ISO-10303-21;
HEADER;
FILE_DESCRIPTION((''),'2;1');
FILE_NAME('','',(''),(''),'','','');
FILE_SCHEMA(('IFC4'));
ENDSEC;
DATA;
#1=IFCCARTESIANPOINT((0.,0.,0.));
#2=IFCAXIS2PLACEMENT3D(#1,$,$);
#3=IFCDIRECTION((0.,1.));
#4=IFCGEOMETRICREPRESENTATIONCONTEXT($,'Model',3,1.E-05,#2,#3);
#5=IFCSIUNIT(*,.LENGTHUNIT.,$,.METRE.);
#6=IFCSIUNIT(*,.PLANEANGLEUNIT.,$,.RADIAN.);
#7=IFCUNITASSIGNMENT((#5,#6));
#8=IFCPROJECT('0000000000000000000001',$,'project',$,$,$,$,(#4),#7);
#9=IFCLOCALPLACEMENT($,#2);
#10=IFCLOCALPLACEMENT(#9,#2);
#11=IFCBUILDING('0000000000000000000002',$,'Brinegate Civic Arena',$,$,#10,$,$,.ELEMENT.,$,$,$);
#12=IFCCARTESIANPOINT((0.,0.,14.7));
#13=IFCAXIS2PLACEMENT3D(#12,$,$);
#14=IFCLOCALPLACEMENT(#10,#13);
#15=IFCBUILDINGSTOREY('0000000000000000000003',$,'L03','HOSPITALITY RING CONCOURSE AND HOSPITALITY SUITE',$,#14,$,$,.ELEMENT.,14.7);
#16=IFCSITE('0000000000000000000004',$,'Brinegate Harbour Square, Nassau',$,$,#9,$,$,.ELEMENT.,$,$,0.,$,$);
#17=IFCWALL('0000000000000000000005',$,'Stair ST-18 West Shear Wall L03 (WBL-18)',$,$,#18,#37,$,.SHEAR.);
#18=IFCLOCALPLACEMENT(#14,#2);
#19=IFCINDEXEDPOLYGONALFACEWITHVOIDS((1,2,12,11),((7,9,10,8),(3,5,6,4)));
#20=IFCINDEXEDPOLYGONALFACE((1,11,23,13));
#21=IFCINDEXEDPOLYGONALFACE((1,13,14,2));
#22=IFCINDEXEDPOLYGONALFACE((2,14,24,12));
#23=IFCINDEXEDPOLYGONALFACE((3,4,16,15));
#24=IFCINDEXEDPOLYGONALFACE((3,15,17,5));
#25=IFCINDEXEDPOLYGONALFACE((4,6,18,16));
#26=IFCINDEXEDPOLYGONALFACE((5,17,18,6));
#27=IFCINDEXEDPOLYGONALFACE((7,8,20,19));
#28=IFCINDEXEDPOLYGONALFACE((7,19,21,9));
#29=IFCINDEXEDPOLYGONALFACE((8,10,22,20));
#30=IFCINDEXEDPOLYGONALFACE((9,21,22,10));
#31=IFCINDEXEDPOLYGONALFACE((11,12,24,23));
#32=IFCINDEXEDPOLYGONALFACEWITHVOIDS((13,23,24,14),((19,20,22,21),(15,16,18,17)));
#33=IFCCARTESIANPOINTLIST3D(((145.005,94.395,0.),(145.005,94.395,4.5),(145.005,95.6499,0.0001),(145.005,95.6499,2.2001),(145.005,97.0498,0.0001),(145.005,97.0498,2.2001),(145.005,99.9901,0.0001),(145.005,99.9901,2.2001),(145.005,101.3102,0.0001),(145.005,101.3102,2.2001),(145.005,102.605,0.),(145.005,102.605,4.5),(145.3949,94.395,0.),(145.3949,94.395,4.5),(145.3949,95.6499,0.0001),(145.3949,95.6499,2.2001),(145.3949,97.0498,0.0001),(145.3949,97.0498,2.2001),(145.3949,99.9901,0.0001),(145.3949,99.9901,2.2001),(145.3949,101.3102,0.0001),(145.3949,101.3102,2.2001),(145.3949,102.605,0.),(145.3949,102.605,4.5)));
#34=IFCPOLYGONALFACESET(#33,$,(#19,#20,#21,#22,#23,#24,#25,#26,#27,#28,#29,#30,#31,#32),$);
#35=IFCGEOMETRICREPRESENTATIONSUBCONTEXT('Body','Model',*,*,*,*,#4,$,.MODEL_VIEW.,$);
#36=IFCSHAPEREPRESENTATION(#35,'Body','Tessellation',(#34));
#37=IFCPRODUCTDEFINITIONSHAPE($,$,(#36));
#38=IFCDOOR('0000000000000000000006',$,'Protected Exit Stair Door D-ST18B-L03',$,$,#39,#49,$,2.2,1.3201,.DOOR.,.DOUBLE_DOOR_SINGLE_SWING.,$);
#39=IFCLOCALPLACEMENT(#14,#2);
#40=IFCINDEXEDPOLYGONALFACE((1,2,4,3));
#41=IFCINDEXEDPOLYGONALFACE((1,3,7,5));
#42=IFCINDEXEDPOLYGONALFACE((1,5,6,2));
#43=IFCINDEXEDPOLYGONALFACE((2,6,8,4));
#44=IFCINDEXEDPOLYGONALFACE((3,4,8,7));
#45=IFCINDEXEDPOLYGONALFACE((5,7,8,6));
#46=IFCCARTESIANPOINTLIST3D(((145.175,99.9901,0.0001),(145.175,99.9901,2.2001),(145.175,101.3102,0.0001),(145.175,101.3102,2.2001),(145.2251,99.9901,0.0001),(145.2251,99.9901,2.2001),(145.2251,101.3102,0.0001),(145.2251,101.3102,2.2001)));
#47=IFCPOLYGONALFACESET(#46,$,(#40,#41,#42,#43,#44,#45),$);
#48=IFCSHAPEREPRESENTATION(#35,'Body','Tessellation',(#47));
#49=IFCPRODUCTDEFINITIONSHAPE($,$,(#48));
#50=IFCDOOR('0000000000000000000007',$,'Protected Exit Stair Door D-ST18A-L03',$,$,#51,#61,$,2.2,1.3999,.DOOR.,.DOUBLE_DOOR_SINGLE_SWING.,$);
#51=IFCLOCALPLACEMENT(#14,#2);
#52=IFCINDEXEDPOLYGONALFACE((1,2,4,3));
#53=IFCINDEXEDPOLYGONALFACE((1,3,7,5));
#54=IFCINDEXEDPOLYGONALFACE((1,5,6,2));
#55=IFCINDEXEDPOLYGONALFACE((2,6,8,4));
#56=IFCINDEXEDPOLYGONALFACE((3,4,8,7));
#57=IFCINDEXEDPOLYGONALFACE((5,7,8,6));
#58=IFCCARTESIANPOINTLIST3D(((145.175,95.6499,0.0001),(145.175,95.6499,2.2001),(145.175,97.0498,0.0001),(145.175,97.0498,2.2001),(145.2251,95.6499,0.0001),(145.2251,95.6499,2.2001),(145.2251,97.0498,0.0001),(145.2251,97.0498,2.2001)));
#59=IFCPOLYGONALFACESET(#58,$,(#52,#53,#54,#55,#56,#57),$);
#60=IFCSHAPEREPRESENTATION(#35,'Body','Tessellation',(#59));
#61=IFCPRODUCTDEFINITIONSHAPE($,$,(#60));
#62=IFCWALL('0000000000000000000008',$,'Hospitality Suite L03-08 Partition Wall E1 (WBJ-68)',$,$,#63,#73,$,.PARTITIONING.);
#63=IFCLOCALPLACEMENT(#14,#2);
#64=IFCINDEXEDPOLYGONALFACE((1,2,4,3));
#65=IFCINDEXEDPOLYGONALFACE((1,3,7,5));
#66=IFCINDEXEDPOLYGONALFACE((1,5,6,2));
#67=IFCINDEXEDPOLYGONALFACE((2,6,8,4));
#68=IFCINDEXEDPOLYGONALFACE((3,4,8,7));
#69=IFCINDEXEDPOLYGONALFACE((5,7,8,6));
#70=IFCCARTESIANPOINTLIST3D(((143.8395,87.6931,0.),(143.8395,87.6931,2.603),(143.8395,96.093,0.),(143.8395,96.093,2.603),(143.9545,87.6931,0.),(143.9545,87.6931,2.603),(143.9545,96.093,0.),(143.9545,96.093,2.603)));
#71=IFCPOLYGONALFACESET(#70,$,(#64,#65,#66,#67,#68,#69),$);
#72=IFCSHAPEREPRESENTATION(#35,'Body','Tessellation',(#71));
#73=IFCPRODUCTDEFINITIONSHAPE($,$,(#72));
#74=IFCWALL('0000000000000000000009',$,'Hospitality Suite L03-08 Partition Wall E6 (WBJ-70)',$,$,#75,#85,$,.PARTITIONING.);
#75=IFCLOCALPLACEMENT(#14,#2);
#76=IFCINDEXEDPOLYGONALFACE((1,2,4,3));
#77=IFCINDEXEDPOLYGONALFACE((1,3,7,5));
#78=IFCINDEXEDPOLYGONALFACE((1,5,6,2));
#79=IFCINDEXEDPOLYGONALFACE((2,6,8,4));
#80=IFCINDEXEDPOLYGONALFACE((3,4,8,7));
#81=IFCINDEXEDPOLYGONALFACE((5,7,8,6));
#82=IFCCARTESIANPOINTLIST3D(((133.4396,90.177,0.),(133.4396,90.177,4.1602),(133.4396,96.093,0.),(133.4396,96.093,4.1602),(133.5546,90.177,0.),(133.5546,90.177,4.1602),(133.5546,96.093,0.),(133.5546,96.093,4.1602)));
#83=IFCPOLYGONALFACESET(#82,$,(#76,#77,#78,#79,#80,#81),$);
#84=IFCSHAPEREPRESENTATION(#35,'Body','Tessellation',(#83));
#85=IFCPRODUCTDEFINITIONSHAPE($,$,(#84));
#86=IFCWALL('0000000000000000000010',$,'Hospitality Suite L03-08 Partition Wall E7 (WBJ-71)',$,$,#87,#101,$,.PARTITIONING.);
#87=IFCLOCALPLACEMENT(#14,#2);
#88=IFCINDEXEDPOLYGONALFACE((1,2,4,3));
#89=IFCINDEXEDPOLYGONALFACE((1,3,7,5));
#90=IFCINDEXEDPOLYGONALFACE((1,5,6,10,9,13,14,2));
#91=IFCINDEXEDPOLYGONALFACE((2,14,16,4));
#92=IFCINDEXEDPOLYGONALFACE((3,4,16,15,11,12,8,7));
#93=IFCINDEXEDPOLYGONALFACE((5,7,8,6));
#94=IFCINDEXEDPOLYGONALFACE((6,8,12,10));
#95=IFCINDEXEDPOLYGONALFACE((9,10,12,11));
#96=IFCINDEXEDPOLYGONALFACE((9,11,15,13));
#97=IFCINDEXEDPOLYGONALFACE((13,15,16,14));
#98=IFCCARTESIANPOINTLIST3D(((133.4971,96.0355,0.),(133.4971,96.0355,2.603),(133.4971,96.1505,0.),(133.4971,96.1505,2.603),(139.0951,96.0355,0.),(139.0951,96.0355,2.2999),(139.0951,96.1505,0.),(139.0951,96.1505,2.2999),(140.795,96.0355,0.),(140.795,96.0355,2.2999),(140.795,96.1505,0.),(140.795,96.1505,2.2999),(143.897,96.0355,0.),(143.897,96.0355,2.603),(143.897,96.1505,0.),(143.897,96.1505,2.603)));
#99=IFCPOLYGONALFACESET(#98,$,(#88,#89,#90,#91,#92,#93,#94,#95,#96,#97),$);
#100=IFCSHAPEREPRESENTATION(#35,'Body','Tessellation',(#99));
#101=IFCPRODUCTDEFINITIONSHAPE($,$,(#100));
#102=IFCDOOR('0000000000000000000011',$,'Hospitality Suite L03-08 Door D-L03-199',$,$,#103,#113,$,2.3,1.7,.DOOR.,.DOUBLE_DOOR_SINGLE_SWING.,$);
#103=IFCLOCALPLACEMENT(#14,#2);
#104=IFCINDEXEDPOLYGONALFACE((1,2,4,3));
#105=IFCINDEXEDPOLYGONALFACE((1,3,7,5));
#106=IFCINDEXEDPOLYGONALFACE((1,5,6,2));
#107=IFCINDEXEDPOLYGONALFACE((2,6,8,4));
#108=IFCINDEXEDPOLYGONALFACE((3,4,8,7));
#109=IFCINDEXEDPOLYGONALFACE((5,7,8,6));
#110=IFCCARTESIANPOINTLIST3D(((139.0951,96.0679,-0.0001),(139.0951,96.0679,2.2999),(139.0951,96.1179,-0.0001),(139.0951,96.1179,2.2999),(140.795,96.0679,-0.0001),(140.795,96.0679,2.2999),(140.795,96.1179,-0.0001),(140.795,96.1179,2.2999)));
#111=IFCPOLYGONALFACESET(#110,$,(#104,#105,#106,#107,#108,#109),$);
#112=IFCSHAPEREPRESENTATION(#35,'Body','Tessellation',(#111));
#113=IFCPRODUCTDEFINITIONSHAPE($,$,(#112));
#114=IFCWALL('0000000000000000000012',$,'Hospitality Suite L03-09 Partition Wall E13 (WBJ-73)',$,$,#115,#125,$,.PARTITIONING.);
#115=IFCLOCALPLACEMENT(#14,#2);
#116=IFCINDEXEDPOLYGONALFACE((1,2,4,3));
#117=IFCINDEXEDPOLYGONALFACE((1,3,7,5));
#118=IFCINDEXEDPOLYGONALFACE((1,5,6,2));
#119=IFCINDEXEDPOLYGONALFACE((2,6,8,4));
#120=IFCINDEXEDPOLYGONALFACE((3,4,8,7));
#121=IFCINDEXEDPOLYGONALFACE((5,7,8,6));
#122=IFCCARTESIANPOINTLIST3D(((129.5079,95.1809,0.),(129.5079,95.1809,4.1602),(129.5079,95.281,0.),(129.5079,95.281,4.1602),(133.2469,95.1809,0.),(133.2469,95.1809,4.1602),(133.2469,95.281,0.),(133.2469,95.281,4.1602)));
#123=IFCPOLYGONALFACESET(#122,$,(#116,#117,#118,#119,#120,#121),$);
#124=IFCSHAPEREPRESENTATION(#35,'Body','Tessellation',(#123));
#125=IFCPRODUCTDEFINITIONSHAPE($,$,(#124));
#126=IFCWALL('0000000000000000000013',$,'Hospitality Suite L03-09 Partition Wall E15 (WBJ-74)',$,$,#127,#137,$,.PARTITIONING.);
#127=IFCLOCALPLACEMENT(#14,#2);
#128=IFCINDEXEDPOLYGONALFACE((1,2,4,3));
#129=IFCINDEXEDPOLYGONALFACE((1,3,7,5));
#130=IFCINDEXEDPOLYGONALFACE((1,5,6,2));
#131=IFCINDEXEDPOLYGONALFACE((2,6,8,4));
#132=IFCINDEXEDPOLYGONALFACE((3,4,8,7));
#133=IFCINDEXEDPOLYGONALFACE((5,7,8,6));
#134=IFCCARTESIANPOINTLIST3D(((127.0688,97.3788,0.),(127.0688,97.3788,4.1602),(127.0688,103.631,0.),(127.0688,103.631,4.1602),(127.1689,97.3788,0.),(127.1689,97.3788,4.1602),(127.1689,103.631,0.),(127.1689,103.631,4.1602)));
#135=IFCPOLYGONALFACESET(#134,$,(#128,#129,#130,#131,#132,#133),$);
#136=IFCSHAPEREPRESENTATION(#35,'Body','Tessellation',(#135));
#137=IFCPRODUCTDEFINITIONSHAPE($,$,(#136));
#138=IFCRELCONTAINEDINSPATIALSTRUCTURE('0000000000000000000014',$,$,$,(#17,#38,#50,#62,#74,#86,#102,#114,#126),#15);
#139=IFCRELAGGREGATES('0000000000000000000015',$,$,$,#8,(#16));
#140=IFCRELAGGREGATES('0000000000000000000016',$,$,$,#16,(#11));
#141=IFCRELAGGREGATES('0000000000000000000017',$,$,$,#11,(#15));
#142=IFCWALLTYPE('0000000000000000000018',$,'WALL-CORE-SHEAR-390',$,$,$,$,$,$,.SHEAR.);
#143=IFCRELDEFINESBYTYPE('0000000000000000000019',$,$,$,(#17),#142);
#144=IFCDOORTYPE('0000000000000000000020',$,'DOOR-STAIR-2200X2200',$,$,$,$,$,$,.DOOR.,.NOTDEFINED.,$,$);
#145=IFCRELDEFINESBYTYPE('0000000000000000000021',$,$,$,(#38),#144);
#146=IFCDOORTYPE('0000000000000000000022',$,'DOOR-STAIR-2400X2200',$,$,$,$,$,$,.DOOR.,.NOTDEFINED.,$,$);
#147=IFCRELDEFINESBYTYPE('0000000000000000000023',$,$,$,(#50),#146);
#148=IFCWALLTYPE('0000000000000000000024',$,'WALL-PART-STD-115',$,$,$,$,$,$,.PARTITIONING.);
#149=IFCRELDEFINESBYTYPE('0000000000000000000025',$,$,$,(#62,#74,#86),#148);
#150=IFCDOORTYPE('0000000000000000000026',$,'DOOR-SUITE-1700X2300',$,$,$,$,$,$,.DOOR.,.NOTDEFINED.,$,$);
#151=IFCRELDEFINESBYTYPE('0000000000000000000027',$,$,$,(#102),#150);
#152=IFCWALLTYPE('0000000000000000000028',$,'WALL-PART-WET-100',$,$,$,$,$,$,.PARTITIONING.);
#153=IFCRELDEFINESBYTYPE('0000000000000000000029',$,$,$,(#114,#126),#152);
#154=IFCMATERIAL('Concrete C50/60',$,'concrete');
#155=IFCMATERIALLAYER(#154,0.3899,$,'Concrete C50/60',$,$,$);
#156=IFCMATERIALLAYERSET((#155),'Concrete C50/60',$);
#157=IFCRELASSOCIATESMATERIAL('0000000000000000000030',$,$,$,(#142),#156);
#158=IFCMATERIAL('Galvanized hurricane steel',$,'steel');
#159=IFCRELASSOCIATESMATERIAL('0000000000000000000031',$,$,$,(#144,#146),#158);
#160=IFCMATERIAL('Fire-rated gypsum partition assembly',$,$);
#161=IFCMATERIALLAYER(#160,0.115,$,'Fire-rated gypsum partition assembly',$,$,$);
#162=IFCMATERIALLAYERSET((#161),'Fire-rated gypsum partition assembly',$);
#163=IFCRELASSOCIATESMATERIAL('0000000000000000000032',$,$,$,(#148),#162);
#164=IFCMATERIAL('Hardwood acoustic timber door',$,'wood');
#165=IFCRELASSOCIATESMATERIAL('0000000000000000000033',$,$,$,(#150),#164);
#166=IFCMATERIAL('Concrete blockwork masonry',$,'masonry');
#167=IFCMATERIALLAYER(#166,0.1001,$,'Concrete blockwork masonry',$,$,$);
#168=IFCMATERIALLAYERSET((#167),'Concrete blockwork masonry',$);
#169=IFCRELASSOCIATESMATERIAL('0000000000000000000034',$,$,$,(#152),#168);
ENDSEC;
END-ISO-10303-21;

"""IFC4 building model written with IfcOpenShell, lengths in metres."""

from ifc_helpers import new_model, si_unit, direction, frame, frame_2d, origin, place, context, subcontext, project, spatial, rectangle, extrude, material, layer, layer_set, type_object, element, fill, save


model = new_model("IFC4")

# Units and contexts
model_context = context("Model", 3, precision=1e-05, world=origin(), true_north=direction((0.0, 1.0)))
body_context = subcontext(model_context, "Body", "Model", "MODEL_VIEW")
ifc_project = project(units=[si_unit("LENGTHUNIT", "METRE"), si_unit("PLANEANGLEUNIT", "RADIAN")], contexts=[model_context])

# Site, building, storey
site_placement = place(None, origin())
site = spatial("IfcSite", under=ifc_project, at=site_placement, Name="Brinegate Harbour Square, Nassau", CompositionType="ELEMENT", RefElevation=0.0)
building_placement = place(site_placement, origin())
building = spatial("IfcBuilding", under=site, at=building_placement, Name="Brinegate Civic Arena", CompositionType="ELEMENT")
storey_placement = place(building_placement, frame((0.0, 0.0, 14.7)))
storey = spatial("IfcBuildingStorey", under=building, at=storey_placement, Name="L03", Description="HOSPITALITY RING CONCOURSE AND HOSPITALITY SUITE", CompositionType="ELEMENT", Elevation=14.7)

# Shared definitions
ifc_material_1 = material(Name="Concrete C50/60", Category="concrete")

# Shared definitions
ifc_layer_1 = layer(ifc_material_1, 0.3899, Name="Concrete C50/60")
ifc_layer_set_1 = layer_set([ifc_layer_1], Name="Concrete C50/60")
wall_type_1 = type_object("IfcWallType", Name="WALL-CORE-SHEAR-390", PredefinedType="SHEAR", material=ifc_layer_set_1)

# Wall, openings, doors
wall_1_placement = place(storey_placement, frame((145.2, 94.395, 0.0), z_axis=(0.0, 0.0, 1.0), x_axis=(0.0, 1.0, 0.0)))
wall_1 = element("IfcWall", 1, at=wall_1_placement, inside=storey, type_object=wall_type_1, Name="Stair ST-18 West Shear Wall L03 (WBL-18)", PredefinedType="SHEAR", context=body_context, shape_type="SweptSolid", body=[
    extrude(rectangle(XDim=8.21, YDim=0.3899, at=frame_2d((4.105, 0.0))), origin(), (0.0, 0.0, 1.0), 4.5),
])
opening_1_placement = place(wall_1_placement, frame((1.2549, 0.0, 0.0)))
opening_1 = element("IfcOpeningElement", 2, at=opening_1_placement, cuts=wall_1, PredefinedType="OPENING", context=body_context, shape_type="SweptSolid", body=[
    extrude(rectangle(XDim=1.3999, YDim=2.2, at=frame_2d((0.7, 1.1001))), frame((0.0, 0.2048, 0.0), z_axis=(0.0, -1.0, 0.0), x_axis=(1.0, 0.0, 0.0)), (0.0, 0.0, 1.0), 0.4099),
])
opening_2_placement = place(wall_1_placement, frame((5.595, 0.0, 0.0)))
opening_2 = element("IfcOpeningElement", 3, at=opening_2_placement, cuts=wall_1, PredefinedType="OPENING", context=body_context, shape_type="SweptSolid", body=[
    extrude(rectangle(XDim=1.3201, YDim=2.2, at=frame_2d((0.6602, 1.1001))), frame((0.0, 0.2048, 0.0), z_axis=(0.0, -1.0, 0.0), x_axis=(1.0, 0.0, 0.0)), (0.0, 0.0, 1.0), 0.4099),
])
ifc_material_2 = material(Name="Galvanized hurricane steel", Category="steel")
door_type_1 = type_object("IfcDoorType", Name="DOOR-STAIR-2200X2200", OperationType="NOTDEFINED", PredefinedType="DOOR", material=ifc_material_2)
door_1_placement = place(opening_2_placement, origin())
door_1 = element("IfcDoor", 4, at=door_1_placement, inside=storey, type_object=door_type_1, Name="Protected Exit Stair Door D-ST18B-L03", OperationType="DOUBLE_DOOR_SINGLE_SWING", OverallHeight=2.2, OverallWidth=1.3201, PredefinedType="DOOR", context=body_context, shape_type="SweptSolid", body=[
    extrude(rectangle(XDim=1.3201, YDim=2.2, at=frame_2d((0.6602, 1.1001))), frame((0.0, 0.0249, 0.0), z_axis=(0.0, -1.0, 0.0), x_axis=(1.0, 0.0, 0.0)), (0.0, 0.0, 1.0), 0.05),
])
fill(opening_2, door_1)
door_type_2 = type_object("IfcDoorType", Name="DOOR-STAIR-2400X2200", OperationType="NOTDEFINED", PredefinedType="DOOR", material=ifc_material_2)
door_2_placement = place(opening_1_placement, origin())
door_2 = element("IfcDoor", 5, at=door_2_placement, inside=storey, type_object=door_type_2, Name="Protected Exit Stair Door D-ST18A-L03", OperationType="DOUBLE_DOOR_SINGLE_SWING", OverallHeight=2.2, OverallWidth=1.3999, PredefinedType="DOOR", context=body_context, shape_type="SweptSolid", body=[
    extrude(rectangle(XDim=1.3999, YDim=2.2, at=frame_2d((0.7, 1.1001))), frame((0.0, 0.0249, 0.0), z_axis=(0.0, -1.0, 0.0), x_axis=(1.0, 0.0, 0.0)), (0.0, 0.0, 1.0), 0.05),
])
fill(opening_1, door_2)

# Walls
ifc_material_3 = material(Name="Fire-rated gypsum partition assembly")
ifc_layer_2 = layer(ifc_material_3, 0.115, Name="Fire-rated gypsum partition assembly")
ifc_layer_set_2 = layer_set([ifc_layer_2], Name="Fire-rated gypsum partition assembly")
wall_type_2 = type_object("IfcWallType", Name="WALL-PART-STD-115", PredefinedType="PARTITIONING", material=ifc_layer_set_2)
wall_2_placement = place(storey_placement, frame((143.897, 96.093, 0.0), z_axis=(0.0, 0.0, 1.0), x_axis=(0.0, -1.0, 0.0)))
element("IfcWall", 6, at=wall_2_placement, inside=storey, type_object=wall_type_2, Name="Hospitality Suite L03-08 Partition Wall E1 (WBJ-68)", PredefinedType="PARTITIONING", context=body_context, shape_type="SweptSolid", body=[
    extrude(rectangle(XDim=8.3999, YDim=0.115, at=frame_2d((4.2, 0.0))), origin(), (0.0, 0.0, 1.0), 2.603),
])
wall_3_placement = place(storey_placement, frame((133.4971, 90.177, 0.0), z_axis=(0.0, 0.0, 1.0), x_axis=(0.0, 1.0, 0.0)))
element("IfcWall", 7, at=wall_3_placement, inside=storey, type_object=wall_type_2, Name="Hospitality Suite L03-08 Partition Wall E6 (WBJ-70)", PredefinedType="PARTITIONING", context=body_context, shape_type="SweptSolid", body=[
    extrude(rectangle(XDim=5.916, YDim=0.115, at=frame_2d((2.958, 0.0))), origin(), (0.0, 0.0, 1.0), 4.1602),
])

# Wall, opening, door
wall_4_placement = place(storey_placement, frame((133.4971, 96.093, 0.0), z_axis=(0.0, 0.0, 1.0), x_axis=(1.0, 0.0, 0.0)))
wall_4 = element("IfcWall", 8, at=wall_4_placement, inside=storey, type_object=wall_type_2, Name="Hospitality Suite L03-08 Partition Wall E7 (WBJ-71)", PredefinedType="PARTITIONING", context=body_context, shape_type="SweptSolid", body=[
    extrude(rectangle(XDim=10.3999, YDim=0.115, at=frame_2d((5.2, 0.0))), origin(), (0.0, 0.0, 1.0), 2.603),
])
opening_3_placement = place(wall_4_placement, frame((5.5979, 0.0, 0.0)))
opening_3 = element("IfcOpeningElement", 9, at=opening_3_placement, cuts=wall_4, PredefinedType="OPENING", context=body_context, shape_type="SweptSolid", body=[
    extrude(rectangle(XDim=1.7, YDim=2.3, at=frame_2d((0.8501, 1.1499))), frame((0.0, 0.0674, 0.0), z_axis=(0.0, -1.0, 0.0), x_axis=(1.0, 0.0, 0.0)), (0.0, 0.0, 1.0), 0.135),
])
ifc_material_4 = material(Name="Hardwood acoustic timber door", Category="wood")
door_type_3 = type_object("IfcDoorType", Name="DOOR-SUITE-1700X2300", OperationType="NOTDEFINED", PredefinedType="DOOR", material=ifc_material_4)
door_3_placement = place(opening_3_placement, origin())
door_3 = element("IfcDoor", 10, at=door_3_placement, inside=storey, type_object=door_type_3, Name="Hospitality Suite L03-08 Door D-L03-199", OperationType="DOUBLE_DOOR_SINGLE_SWING", OverallHeight=2.3, OverallWidth=1.7, PredefinedType="DOOR", context=body_context, shape_type="SweptSolid", body=[
    extrude(rectangle(XDim=1.7, YDim=2.3, at=frame_2d((0.8501, 1.1499))), frame((0.0, 0.0249, 0.0), z_axis=(0.0, -1.0, 0.0), x_axis=(1.0, 0.0, 0.0)), (0.0, 0.0, 1.0), 0.05),
])
fill(opening_3, door_3)

# Walls
ifc_material_5 = material(Name="Concrete blockwork masonry", Category="masonry")
ifc_layer_3 = layer(ifc_material_5, 0.1001, Name="Concrete blockwork masonry")
ifc_layer_set_3 = layer_set([ifc_layer_3], Name="Concrete blockwork masonry")
wall_type_3 = type_object("IfcWallType", Name="WALL-PART-WET-100", PredefinedType="PARTITIONING", material=ifc_layer_set_3)
wall_5_placement = place(storey_placement, frame((133.2471, 95.231, 0.0), z_axis=(0.0, 0.0, 1.0), x_axis=(-1.0, 0.0, 0.0)))
element("IfcWall", 11, at=wall_5_placement, inside=storey, type_object=wall_type_3, Name="Hospitality Suite L03-09 Partition Wall E13 (WBJ-73)", PredefinedType="PARTITIONING", context=body_context, shape_type="SweptSolid", body=[
    extrude(rectangle(XDim=3.739, YDim=0.1001, at=frame_2d((1.8696, 0.0))), origin(), (0.0, 0.0, 1.0), 4.1602),
])
wall_6_placement = place(storey_placement, frame((127.1189, 97.3789, 0.0), z_axis=(0.0, 0.0, 1.0), x_axis=(0.0, 1.0, 0.0)))
element("IfcWall", 12, at=wall_6_placement, inside=storey, type_object=wall_type_3, Name="Hospitality Suite L03-09 Partition Wall E15 (WBJ-74)", PredefinedType="PARTITIONING", context=body_context, shape_type="SweptSolid", body=[
    extrude(rectangle(XDim=6.2522, YDim=0.1001, at=frame_2d((3.126, 0.0))), origin(), (0.0, 0.0, 1.0), 4.1602),
])

save(model, "model.ifc")
